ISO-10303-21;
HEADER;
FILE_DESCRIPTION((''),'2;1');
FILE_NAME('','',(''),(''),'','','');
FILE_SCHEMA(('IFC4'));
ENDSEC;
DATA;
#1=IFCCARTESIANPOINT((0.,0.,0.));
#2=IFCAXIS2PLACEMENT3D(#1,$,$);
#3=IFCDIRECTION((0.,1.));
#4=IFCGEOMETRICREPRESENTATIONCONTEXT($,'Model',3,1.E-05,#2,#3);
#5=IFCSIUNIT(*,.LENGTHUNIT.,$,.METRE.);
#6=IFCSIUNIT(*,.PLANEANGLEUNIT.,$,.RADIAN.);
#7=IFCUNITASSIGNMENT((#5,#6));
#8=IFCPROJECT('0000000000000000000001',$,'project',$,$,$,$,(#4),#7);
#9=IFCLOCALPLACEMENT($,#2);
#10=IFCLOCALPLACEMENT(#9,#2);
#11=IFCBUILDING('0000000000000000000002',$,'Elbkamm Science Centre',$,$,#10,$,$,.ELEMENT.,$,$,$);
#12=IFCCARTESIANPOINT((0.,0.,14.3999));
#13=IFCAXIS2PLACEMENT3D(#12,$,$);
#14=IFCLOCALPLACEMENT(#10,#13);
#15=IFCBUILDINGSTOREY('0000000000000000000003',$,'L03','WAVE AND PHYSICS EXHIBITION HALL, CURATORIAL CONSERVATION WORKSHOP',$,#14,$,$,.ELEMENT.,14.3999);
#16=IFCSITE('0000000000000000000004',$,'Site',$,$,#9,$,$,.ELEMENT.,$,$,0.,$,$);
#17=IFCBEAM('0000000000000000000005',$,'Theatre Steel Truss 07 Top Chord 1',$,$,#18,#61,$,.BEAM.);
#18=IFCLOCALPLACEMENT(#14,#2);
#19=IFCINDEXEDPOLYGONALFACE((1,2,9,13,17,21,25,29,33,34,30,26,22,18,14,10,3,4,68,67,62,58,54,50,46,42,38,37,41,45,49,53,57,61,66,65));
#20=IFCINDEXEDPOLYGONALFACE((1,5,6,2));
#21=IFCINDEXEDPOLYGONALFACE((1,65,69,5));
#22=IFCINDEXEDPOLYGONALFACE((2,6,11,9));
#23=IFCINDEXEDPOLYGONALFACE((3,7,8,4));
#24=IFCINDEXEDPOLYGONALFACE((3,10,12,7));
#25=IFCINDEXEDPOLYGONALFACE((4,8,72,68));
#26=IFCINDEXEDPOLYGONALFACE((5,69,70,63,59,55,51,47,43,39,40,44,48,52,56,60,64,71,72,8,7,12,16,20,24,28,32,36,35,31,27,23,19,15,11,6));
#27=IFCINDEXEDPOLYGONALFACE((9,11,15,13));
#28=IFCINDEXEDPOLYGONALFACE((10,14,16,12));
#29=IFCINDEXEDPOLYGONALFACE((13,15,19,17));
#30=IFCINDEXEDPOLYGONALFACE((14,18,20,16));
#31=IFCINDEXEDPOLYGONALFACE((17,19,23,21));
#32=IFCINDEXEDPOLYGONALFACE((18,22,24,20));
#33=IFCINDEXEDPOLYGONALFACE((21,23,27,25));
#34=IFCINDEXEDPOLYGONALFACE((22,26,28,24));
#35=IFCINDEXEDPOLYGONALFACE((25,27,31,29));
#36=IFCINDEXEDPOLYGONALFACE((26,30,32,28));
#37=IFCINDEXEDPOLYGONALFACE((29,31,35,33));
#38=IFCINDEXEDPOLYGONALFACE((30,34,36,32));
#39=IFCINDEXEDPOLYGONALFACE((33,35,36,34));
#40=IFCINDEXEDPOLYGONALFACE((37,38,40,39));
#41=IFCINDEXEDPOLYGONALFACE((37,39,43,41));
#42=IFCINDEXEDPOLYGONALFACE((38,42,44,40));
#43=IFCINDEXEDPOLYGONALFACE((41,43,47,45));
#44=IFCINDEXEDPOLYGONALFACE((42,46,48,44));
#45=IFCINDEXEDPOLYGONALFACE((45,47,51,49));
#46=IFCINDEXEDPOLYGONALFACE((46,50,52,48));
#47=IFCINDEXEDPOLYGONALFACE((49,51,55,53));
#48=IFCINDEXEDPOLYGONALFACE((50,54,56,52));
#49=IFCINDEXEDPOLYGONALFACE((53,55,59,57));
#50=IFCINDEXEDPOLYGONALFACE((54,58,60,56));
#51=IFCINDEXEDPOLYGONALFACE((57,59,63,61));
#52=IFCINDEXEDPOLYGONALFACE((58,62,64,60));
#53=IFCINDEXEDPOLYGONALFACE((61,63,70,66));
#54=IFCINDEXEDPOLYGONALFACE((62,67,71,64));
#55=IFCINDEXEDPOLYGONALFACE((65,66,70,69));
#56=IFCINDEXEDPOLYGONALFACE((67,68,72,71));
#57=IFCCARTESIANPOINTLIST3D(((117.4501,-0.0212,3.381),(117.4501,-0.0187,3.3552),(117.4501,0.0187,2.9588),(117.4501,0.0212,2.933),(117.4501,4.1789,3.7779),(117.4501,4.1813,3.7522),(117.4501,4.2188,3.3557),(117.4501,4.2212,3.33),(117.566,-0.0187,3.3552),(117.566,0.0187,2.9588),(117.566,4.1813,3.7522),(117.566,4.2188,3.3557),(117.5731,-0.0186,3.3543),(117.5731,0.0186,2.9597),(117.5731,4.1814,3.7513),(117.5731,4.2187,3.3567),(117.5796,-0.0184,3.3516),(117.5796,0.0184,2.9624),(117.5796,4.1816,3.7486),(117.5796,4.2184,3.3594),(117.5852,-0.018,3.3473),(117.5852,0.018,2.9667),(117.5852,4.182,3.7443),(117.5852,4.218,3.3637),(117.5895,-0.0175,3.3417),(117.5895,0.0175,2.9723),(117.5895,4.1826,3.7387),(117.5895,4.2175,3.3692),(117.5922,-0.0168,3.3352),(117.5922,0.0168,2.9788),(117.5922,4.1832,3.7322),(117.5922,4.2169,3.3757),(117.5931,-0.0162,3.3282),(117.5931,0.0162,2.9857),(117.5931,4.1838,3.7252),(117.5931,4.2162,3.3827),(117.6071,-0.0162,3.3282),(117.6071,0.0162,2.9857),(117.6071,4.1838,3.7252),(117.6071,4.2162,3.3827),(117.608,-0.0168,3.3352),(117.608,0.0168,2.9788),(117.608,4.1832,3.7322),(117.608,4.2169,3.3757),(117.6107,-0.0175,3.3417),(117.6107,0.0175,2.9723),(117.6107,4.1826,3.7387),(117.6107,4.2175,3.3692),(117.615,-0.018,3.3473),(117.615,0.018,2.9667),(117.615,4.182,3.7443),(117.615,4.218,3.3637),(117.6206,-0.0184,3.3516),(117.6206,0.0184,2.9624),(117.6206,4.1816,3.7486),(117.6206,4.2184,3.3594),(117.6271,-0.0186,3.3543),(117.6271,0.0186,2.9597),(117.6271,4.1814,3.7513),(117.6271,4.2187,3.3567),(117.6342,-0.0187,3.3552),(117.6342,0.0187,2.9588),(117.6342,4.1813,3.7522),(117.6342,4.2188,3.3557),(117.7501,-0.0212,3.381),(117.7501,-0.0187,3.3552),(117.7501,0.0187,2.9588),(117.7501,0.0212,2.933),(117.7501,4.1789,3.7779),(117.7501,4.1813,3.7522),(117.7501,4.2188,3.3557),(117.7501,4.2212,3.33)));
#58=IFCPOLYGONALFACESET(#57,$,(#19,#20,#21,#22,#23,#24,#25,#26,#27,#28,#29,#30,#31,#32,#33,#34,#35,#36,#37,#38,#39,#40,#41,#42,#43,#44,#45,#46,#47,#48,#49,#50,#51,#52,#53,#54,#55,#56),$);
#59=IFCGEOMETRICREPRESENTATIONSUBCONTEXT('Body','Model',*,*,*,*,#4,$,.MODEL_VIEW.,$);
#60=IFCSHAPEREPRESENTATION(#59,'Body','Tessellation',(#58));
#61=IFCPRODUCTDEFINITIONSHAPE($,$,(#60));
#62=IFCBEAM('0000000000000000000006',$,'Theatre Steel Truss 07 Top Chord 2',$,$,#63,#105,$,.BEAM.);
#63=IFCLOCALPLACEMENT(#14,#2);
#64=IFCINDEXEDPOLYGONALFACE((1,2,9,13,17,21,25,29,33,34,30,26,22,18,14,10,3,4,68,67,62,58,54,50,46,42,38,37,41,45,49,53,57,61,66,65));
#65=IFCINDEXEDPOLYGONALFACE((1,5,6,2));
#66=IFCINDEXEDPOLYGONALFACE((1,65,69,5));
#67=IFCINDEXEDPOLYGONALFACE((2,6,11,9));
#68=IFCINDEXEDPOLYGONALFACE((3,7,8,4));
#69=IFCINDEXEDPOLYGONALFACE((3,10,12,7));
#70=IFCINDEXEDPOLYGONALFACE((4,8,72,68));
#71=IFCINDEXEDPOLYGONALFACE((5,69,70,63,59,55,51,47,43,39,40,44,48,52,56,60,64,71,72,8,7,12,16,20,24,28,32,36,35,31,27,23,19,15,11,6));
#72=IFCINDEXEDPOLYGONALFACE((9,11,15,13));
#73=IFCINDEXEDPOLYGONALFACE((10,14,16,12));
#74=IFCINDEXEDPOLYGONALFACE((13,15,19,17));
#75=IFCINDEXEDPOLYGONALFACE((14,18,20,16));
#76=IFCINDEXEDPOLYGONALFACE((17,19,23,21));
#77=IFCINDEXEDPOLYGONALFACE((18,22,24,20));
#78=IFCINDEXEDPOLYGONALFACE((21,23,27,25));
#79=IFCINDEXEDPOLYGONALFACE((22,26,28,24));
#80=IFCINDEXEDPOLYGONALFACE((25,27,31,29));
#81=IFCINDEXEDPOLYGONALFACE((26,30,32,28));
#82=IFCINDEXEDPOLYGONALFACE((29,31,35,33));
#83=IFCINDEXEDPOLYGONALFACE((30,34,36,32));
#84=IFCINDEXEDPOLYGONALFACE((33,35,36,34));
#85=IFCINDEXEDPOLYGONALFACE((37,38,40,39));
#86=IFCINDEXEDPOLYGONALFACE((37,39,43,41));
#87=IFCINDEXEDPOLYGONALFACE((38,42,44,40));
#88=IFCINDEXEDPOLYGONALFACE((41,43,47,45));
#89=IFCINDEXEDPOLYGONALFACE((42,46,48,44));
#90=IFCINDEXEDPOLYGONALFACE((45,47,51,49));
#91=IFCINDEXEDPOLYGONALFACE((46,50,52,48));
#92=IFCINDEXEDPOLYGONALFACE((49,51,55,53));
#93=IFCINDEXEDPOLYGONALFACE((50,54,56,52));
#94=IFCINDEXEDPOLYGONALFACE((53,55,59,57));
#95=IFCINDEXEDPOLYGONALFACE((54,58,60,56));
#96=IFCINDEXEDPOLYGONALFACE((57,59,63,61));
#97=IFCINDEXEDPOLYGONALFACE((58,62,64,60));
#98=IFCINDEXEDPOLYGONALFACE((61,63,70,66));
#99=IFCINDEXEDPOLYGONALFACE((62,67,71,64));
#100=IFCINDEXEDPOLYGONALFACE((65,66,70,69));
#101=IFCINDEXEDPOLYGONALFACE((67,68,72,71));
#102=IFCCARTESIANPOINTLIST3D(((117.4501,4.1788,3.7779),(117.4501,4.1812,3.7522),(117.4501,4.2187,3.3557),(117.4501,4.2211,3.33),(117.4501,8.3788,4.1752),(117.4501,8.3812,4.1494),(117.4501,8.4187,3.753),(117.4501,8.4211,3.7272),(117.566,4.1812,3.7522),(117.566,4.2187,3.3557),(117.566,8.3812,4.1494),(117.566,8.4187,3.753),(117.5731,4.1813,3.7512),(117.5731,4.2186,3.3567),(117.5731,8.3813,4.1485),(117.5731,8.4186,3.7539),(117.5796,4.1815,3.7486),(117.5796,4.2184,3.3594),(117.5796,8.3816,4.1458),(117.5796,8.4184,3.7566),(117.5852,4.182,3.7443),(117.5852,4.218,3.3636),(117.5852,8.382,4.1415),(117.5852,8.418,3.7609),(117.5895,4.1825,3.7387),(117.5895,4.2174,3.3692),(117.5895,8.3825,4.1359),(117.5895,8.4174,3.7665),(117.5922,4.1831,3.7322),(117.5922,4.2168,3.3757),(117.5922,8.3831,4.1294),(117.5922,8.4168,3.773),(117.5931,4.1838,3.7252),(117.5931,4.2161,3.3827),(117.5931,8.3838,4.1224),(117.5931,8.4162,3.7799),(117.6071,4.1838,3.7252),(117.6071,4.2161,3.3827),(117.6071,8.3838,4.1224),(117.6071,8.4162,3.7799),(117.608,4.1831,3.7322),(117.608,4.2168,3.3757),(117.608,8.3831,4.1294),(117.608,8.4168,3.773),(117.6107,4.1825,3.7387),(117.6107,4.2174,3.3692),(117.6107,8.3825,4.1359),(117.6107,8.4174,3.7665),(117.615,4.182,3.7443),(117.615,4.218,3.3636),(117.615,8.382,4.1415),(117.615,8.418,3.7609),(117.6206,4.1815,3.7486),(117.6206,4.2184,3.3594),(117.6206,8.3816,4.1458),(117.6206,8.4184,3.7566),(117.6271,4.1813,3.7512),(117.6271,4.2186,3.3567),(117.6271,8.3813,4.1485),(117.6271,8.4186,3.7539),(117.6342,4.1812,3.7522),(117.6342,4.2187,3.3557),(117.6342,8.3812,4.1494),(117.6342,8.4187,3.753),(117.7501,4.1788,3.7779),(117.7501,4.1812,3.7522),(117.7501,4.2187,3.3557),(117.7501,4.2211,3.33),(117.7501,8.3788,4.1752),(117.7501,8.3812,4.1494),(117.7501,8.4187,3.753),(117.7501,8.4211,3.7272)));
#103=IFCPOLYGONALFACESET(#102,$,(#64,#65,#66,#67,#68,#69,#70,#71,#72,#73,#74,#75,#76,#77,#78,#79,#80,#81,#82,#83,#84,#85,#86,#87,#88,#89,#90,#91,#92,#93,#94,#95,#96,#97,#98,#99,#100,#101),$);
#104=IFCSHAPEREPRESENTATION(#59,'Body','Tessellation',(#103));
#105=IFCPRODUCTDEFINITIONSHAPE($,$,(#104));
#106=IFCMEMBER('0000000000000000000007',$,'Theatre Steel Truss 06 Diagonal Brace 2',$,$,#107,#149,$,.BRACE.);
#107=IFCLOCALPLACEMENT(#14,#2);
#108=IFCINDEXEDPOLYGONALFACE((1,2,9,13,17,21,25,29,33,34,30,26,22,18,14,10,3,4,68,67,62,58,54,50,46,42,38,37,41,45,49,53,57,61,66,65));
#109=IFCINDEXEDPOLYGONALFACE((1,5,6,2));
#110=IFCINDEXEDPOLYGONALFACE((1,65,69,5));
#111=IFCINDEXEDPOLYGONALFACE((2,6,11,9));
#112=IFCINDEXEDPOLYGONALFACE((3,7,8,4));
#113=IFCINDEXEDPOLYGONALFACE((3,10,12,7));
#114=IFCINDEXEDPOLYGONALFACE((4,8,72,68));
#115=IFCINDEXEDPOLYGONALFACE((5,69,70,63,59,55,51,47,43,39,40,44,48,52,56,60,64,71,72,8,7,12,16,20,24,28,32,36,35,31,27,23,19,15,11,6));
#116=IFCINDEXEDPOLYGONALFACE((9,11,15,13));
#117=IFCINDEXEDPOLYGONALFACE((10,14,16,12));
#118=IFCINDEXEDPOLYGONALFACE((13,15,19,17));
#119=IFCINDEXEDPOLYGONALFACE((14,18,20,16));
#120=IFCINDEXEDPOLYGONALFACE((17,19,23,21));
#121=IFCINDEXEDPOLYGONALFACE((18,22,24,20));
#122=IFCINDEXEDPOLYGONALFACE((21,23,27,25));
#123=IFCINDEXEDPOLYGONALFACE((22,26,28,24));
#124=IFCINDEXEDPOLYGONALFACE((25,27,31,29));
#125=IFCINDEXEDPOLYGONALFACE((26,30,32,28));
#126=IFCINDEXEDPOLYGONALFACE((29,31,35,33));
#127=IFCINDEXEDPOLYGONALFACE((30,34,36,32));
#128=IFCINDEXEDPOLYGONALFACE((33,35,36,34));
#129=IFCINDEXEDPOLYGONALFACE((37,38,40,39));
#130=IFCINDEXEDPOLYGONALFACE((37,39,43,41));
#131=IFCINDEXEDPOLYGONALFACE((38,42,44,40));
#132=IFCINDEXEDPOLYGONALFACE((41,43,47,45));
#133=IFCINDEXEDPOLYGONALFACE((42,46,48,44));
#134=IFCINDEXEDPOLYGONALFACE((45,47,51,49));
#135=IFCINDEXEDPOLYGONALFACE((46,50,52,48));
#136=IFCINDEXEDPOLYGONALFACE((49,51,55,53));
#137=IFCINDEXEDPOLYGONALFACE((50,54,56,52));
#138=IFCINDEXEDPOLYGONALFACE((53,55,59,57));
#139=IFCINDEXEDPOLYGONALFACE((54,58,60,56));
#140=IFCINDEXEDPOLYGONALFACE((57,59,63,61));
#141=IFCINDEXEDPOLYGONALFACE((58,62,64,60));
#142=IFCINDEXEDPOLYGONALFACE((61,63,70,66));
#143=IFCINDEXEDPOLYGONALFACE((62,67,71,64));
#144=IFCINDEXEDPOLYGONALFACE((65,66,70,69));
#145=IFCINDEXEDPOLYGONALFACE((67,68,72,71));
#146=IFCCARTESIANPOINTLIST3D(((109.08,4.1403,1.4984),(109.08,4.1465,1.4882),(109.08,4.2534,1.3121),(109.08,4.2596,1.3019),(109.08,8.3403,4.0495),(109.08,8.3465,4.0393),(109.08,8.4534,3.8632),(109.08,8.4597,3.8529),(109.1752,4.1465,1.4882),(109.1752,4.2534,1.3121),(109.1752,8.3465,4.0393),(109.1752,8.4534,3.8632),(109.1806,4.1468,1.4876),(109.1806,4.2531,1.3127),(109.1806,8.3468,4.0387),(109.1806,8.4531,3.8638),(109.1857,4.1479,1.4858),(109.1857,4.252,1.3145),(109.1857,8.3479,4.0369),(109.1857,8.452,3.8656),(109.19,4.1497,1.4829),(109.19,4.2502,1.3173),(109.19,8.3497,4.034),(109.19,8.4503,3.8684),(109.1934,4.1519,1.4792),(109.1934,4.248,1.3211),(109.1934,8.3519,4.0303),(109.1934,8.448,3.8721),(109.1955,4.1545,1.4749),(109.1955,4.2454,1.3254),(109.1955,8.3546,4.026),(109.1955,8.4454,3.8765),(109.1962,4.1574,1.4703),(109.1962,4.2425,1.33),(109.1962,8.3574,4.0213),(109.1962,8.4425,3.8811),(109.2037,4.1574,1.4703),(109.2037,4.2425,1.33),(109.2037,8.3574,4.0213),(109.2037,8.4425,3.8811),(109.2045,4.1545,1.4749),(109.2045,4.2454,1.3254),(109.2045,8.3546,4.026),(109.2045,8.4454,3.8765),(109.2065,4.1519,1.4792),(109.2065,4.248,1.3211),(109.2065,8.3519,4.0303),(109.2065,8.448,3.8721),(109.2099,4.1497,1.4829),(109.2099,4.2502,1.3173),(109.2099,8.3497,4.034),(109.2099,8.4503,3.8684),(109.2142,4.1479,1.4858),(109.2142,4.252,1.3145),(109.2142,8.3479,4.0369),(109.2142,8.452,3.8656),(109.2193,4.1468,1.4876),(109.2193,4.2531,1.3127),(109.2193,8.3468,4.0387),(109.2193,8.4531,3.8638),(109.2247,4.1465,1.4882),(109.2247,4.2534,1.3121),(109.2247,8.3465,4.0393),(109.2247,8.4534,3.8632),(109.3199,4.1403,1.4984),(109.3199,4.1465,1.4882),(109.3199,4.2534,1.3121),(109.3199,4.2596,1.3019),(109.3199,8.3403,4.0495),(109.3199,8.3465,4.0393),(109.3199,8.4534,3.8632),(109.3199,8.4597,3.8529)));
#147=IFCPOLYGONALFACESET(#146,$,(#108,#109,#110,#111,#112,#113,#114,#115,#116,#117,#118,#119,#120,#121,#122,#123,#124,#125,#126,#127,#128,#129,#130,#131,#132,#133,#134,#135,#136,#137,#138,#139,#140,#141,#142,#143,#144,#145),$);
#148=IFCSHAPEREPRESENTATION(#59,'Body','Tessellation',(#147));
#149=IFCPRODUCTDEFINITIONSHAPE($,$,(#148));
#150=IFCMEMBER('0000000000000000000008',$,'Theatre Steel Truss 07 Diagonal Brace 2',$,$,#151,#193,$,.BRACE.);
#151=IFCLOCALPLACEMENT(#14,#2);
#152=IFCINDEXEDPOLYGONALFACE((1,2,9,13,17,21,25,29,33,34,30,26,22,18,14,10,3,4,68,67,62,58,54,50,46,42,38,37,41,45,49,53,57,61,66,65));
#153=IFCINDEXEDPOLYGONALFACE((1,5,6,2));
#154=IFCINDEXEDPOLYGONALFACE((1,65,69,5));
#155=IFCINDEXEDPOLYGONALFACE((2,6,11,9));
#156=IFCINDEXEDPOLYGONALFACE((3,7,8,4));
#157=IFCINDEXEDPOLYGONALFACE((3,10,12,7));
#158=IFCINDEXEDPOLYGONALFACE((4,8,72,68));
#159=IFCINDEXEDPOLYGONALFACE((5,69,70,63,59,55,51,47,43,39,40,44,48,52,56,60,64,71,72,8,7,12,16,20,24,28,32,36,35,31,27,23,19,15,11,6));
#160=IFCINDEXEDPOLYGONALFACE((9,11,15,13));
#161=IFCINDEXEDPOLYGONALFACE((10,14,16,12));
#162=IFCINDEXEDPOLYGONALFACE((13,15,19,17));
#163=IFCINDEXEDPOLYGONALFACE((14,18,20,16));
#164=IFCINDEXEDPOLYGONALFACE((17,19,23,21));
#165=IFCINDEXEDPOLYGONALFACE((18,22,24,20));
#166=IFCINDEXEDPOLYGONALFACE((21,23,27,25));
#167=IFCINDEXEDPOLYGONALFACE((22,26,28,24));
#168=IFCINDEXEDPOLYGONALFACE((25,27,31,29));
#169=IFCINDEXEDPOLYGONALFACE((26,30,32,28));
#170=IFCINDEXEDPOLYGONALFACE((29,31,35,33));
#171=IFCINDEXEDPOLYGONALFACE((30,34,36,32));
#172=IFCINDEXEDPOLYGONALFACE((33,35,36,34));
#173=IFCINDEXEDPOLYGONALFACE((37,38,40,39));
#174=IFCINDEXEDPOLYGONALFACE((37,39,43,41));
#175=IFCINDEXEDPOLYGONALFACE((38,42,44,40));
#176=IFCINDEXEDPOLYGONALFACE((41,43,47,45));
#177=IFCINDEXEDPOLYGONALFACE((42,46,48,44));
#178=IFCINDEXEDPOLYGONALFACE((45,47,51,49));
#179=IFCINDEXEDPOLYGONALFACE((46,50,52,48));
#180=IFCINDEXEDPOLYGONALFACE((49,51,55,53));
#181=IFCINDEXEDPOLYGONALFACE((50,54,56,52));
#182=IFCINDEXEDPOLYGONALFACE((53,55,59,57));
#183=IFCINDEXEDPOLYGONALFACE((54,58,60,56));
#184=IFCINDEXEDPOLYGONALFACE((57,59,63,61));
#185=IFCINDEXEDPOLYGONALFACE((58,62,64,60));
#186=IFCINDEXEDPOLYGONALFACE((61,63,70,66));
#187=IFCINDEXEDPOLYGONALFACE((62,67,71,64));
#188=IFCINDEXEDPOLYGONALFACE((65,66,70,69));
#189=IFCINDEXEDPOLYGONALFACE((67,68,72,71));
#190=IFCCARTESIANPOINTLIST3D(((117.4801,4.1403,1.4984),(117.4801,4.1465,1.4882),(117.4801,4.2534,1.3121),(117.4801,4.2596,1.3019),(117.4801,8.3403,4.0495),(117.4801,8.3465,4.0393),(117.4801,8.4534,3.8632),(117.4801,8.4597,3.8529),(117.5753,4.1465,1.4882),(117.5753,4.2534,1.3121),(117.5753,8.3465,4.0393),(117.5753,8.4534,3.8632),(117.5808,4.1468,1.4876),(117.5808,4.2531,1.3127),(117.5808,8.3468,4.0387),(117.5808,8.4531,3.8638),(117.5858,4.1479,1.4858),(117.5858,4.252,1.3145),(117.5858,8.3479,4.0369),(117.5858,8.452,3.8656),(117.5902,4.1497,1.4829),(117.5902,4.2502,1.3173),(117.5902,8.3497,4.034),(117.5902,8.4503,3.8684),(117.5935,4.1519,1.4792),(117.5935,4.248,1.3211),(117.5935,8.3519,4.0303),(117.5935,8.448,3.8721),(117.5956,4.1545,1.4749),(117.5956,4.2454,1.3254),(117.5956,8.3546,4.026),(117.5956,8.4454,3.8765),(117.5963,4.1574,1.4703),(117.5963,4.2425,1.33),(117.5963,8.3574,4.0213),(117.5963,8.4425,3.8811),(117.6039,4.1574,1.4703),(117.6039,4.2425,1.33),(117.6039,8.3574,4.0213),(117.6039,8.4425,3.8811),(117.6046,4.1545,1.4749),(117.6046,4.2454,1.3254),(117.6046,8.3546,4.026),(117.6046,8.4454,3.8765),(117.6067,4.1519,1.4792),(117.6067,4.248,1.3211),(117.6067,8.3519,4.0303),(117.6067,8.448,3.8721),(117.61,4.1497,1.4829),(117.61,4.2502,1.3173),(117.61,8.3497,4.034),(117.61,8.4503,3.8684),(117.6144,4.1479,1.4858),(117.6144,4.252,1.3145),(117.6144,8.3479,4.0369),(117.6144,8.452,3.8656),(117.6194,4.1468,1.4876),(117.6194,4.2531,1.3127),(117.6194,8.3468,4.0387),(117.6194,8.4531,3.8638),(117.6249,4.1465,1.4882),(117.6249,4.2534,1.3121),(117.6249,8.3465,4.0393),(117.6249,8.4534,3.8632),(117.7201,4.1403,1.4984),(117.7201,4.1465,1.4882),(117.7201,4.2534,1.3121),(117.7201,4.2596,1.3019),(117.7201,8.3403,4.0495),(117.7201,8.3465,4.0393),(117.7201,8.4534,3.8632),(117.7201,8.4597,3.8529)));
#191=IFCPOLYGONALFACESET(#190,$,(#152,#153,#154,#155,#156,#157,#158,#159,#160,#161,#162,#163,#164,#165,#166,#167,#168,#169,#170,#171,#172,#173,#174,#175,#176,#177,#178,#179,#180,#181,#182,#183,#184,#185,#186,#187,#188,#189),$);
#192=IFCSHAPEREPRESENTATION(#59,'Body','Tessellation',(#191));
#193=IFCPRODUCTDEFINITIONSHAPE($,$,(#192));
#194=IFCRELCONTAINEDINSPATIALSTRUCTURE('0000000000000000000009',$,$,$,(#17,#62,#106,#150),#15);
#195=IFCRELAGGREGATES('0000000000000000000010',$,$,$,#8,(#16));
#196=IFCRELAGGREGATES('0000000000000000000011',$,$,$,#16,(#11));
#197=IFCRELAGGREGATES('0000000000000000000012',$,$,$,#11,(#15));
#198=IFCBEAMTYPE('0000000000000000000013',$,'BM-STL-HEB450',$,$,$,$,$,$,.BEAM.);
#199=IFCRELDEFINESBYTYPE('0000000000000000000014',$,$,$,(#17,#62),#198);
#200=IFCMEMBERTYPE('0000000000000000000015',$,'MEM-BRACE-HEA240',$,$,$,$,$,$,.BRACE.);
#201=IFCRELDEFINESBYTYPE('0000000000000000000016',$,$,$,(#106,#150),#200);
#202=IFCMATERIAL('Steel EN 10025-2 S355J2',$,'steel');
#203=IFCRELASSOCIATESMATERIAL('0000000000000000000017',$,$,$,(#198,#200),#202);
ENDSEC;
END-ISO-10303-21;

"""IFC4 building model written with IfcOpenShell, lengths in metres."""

from ifc_helpers import new_model, si_unit, direction, frame, origin, origin_2d, place, context, subcontext, project, spatial, i_section, extrude, material, material_profile, profile_set, type_object, element, save


model = new_model("IFC4")

# Units and contexts
model_context = context("Model", 3, precision=1e-05, world=origin(), true_north=direction((0.0, 1.0)))
body_context = subcontext(model_context, "Body", "Model", "MODEL_VIEW")
ifc_project = project(units=[si_unit("LENGTHUNIT", "METRE"), si_unit("PLANEANGLEUNIT", "RADIAN")], contexts=[model_context])

# Site, building, storey
site_placement = place(None, origin())
site = spatial("IfcSite", under=ifc_project, at=site_placement, Name="Site", CompositionType="ELEMENT", RefElevation=0.0)
building_placement = place(site_placement, origin())
building = spatial("IfcBuilding", under=site, at=building_placement, Name="Elbkamm Science Centre", CompositionType="ELEMENT")
storey_placement = place(building_placement, frame((0.0, 0.0, 14.3999)))
storey = spatial("IfcBuildingStorey", under=building, at=storey_placement, Name="L03", Description="WAVE AND PHYSICS EXHIBITION HALL, CURATORIAL CONSERVATION WORKSHOP", CompositionType="ELEMENT", Elevation=14.3999)

# Beams
ifc_material_1 = material(Name="Steel EN 10025-2 S355J2", Category="steel")
ifc_material_profile_1 = material_profile(ifc_material_1, i_section(OverallWidth=0.3, OverallDepth=0.45, WebThickness=0.0139, FlangeThickness=0.0259, FilletRadius=0.0271, at=origin_2d()), Name="HEB 450")
ifc_profile_set_1 = profile_set([ifc_material_profile_1], Name="Steel EN 10025-2 S355J2")
beam_type_1 = type_object("IfcBeamType", Name="BM-STL-HEB450", PredefinedType="BEAM", material=ifc_profile_set_1)
for number, where, z_axis, x_axis, name in (
    (1, (117.6001, 0.0, 3.157), (0.0, 0.995563, 0.094099), (-1.0, 0.0, 0.0), "Theatre Steel Truss 07 Top Chord 1"),
    (2, (117.6001, 4.2, 3.554), (0.0, 0.995557, 0.094156), (-1.0, 0.0, 0.0), "Theatre Steel Truss 07 Top Chord 2"),
):
    element("IfcBeam", number, at=place(storey_placement, frame(where, z_axis=z_axis, x_axis=x_axis)), inside=storey, type_object=beam_type_1, Name=name, PredefinedType="BEAM", context=body_context, shape_type="SweptSolid", body=[
        extrude(i_section(OverallWidth=0.3, OverallDepth=0.45, WebThickness=0.0139, FlangeThickness=0.0259, FilletRadius=0.0271, at=origin_2d()), origin(), (0.0, 0.0, 1.0), 4.2188),
    ])

# Members
ifc_material_profile_2 = material_profile(ifc_material_1, i_section(OverallWidth=0.24, OverallDepth=0.23, WebThickness=0.0076, FlangeThickness=0.012, FilletRadius=0.021, at=origin_2d()), Name="HEA 240")
ifc_profile_set_2 = profile_set([ifc_material_profile_2], Name="Steel EN 10025-2 S355J2")
member_type_1 = type_object("IfcMemberType", Name="MEM-BRACE-HEA240", PredefinedType="BRACE", material=ifc_profile_set_2)
for number, where, z_axis, x_axis, name in (
    (3, (109.2, 4.2, 1.4001), (0.0, 0.854692, 0.519135), (-1.0, 0.0, 0.0), "Theatre Steel Truss 06 Diagonal Brace 2"),
    (4, (117.6001, 4.2, 1.4001), (0.0, 0.854692, 0.519135), (-1.0, 0.0, 0.0), "Theatre Steel Truss 07 Diagonal Brace 2"),
):
    element("IfcMember", number, at=place(storey_placement, frame(where, z_axis=z_axis, x_axis=x_axis)), inside=storey, type_object=member_type_1, Name=name, PredefinedType="BRACE", context=body_context, shape_type="SweptSolid", body=[
        extrude(i_section(OverallWidth=0.24, OverallDepth=0.23, WebThickness=0.0076, FlangeThickness=0.012, FilletRadius=0.021, at=origin_2d()), origin(), (0.0, 0.0, 1.0), 4.9141),
    ])

save(model, "model.ifc")
